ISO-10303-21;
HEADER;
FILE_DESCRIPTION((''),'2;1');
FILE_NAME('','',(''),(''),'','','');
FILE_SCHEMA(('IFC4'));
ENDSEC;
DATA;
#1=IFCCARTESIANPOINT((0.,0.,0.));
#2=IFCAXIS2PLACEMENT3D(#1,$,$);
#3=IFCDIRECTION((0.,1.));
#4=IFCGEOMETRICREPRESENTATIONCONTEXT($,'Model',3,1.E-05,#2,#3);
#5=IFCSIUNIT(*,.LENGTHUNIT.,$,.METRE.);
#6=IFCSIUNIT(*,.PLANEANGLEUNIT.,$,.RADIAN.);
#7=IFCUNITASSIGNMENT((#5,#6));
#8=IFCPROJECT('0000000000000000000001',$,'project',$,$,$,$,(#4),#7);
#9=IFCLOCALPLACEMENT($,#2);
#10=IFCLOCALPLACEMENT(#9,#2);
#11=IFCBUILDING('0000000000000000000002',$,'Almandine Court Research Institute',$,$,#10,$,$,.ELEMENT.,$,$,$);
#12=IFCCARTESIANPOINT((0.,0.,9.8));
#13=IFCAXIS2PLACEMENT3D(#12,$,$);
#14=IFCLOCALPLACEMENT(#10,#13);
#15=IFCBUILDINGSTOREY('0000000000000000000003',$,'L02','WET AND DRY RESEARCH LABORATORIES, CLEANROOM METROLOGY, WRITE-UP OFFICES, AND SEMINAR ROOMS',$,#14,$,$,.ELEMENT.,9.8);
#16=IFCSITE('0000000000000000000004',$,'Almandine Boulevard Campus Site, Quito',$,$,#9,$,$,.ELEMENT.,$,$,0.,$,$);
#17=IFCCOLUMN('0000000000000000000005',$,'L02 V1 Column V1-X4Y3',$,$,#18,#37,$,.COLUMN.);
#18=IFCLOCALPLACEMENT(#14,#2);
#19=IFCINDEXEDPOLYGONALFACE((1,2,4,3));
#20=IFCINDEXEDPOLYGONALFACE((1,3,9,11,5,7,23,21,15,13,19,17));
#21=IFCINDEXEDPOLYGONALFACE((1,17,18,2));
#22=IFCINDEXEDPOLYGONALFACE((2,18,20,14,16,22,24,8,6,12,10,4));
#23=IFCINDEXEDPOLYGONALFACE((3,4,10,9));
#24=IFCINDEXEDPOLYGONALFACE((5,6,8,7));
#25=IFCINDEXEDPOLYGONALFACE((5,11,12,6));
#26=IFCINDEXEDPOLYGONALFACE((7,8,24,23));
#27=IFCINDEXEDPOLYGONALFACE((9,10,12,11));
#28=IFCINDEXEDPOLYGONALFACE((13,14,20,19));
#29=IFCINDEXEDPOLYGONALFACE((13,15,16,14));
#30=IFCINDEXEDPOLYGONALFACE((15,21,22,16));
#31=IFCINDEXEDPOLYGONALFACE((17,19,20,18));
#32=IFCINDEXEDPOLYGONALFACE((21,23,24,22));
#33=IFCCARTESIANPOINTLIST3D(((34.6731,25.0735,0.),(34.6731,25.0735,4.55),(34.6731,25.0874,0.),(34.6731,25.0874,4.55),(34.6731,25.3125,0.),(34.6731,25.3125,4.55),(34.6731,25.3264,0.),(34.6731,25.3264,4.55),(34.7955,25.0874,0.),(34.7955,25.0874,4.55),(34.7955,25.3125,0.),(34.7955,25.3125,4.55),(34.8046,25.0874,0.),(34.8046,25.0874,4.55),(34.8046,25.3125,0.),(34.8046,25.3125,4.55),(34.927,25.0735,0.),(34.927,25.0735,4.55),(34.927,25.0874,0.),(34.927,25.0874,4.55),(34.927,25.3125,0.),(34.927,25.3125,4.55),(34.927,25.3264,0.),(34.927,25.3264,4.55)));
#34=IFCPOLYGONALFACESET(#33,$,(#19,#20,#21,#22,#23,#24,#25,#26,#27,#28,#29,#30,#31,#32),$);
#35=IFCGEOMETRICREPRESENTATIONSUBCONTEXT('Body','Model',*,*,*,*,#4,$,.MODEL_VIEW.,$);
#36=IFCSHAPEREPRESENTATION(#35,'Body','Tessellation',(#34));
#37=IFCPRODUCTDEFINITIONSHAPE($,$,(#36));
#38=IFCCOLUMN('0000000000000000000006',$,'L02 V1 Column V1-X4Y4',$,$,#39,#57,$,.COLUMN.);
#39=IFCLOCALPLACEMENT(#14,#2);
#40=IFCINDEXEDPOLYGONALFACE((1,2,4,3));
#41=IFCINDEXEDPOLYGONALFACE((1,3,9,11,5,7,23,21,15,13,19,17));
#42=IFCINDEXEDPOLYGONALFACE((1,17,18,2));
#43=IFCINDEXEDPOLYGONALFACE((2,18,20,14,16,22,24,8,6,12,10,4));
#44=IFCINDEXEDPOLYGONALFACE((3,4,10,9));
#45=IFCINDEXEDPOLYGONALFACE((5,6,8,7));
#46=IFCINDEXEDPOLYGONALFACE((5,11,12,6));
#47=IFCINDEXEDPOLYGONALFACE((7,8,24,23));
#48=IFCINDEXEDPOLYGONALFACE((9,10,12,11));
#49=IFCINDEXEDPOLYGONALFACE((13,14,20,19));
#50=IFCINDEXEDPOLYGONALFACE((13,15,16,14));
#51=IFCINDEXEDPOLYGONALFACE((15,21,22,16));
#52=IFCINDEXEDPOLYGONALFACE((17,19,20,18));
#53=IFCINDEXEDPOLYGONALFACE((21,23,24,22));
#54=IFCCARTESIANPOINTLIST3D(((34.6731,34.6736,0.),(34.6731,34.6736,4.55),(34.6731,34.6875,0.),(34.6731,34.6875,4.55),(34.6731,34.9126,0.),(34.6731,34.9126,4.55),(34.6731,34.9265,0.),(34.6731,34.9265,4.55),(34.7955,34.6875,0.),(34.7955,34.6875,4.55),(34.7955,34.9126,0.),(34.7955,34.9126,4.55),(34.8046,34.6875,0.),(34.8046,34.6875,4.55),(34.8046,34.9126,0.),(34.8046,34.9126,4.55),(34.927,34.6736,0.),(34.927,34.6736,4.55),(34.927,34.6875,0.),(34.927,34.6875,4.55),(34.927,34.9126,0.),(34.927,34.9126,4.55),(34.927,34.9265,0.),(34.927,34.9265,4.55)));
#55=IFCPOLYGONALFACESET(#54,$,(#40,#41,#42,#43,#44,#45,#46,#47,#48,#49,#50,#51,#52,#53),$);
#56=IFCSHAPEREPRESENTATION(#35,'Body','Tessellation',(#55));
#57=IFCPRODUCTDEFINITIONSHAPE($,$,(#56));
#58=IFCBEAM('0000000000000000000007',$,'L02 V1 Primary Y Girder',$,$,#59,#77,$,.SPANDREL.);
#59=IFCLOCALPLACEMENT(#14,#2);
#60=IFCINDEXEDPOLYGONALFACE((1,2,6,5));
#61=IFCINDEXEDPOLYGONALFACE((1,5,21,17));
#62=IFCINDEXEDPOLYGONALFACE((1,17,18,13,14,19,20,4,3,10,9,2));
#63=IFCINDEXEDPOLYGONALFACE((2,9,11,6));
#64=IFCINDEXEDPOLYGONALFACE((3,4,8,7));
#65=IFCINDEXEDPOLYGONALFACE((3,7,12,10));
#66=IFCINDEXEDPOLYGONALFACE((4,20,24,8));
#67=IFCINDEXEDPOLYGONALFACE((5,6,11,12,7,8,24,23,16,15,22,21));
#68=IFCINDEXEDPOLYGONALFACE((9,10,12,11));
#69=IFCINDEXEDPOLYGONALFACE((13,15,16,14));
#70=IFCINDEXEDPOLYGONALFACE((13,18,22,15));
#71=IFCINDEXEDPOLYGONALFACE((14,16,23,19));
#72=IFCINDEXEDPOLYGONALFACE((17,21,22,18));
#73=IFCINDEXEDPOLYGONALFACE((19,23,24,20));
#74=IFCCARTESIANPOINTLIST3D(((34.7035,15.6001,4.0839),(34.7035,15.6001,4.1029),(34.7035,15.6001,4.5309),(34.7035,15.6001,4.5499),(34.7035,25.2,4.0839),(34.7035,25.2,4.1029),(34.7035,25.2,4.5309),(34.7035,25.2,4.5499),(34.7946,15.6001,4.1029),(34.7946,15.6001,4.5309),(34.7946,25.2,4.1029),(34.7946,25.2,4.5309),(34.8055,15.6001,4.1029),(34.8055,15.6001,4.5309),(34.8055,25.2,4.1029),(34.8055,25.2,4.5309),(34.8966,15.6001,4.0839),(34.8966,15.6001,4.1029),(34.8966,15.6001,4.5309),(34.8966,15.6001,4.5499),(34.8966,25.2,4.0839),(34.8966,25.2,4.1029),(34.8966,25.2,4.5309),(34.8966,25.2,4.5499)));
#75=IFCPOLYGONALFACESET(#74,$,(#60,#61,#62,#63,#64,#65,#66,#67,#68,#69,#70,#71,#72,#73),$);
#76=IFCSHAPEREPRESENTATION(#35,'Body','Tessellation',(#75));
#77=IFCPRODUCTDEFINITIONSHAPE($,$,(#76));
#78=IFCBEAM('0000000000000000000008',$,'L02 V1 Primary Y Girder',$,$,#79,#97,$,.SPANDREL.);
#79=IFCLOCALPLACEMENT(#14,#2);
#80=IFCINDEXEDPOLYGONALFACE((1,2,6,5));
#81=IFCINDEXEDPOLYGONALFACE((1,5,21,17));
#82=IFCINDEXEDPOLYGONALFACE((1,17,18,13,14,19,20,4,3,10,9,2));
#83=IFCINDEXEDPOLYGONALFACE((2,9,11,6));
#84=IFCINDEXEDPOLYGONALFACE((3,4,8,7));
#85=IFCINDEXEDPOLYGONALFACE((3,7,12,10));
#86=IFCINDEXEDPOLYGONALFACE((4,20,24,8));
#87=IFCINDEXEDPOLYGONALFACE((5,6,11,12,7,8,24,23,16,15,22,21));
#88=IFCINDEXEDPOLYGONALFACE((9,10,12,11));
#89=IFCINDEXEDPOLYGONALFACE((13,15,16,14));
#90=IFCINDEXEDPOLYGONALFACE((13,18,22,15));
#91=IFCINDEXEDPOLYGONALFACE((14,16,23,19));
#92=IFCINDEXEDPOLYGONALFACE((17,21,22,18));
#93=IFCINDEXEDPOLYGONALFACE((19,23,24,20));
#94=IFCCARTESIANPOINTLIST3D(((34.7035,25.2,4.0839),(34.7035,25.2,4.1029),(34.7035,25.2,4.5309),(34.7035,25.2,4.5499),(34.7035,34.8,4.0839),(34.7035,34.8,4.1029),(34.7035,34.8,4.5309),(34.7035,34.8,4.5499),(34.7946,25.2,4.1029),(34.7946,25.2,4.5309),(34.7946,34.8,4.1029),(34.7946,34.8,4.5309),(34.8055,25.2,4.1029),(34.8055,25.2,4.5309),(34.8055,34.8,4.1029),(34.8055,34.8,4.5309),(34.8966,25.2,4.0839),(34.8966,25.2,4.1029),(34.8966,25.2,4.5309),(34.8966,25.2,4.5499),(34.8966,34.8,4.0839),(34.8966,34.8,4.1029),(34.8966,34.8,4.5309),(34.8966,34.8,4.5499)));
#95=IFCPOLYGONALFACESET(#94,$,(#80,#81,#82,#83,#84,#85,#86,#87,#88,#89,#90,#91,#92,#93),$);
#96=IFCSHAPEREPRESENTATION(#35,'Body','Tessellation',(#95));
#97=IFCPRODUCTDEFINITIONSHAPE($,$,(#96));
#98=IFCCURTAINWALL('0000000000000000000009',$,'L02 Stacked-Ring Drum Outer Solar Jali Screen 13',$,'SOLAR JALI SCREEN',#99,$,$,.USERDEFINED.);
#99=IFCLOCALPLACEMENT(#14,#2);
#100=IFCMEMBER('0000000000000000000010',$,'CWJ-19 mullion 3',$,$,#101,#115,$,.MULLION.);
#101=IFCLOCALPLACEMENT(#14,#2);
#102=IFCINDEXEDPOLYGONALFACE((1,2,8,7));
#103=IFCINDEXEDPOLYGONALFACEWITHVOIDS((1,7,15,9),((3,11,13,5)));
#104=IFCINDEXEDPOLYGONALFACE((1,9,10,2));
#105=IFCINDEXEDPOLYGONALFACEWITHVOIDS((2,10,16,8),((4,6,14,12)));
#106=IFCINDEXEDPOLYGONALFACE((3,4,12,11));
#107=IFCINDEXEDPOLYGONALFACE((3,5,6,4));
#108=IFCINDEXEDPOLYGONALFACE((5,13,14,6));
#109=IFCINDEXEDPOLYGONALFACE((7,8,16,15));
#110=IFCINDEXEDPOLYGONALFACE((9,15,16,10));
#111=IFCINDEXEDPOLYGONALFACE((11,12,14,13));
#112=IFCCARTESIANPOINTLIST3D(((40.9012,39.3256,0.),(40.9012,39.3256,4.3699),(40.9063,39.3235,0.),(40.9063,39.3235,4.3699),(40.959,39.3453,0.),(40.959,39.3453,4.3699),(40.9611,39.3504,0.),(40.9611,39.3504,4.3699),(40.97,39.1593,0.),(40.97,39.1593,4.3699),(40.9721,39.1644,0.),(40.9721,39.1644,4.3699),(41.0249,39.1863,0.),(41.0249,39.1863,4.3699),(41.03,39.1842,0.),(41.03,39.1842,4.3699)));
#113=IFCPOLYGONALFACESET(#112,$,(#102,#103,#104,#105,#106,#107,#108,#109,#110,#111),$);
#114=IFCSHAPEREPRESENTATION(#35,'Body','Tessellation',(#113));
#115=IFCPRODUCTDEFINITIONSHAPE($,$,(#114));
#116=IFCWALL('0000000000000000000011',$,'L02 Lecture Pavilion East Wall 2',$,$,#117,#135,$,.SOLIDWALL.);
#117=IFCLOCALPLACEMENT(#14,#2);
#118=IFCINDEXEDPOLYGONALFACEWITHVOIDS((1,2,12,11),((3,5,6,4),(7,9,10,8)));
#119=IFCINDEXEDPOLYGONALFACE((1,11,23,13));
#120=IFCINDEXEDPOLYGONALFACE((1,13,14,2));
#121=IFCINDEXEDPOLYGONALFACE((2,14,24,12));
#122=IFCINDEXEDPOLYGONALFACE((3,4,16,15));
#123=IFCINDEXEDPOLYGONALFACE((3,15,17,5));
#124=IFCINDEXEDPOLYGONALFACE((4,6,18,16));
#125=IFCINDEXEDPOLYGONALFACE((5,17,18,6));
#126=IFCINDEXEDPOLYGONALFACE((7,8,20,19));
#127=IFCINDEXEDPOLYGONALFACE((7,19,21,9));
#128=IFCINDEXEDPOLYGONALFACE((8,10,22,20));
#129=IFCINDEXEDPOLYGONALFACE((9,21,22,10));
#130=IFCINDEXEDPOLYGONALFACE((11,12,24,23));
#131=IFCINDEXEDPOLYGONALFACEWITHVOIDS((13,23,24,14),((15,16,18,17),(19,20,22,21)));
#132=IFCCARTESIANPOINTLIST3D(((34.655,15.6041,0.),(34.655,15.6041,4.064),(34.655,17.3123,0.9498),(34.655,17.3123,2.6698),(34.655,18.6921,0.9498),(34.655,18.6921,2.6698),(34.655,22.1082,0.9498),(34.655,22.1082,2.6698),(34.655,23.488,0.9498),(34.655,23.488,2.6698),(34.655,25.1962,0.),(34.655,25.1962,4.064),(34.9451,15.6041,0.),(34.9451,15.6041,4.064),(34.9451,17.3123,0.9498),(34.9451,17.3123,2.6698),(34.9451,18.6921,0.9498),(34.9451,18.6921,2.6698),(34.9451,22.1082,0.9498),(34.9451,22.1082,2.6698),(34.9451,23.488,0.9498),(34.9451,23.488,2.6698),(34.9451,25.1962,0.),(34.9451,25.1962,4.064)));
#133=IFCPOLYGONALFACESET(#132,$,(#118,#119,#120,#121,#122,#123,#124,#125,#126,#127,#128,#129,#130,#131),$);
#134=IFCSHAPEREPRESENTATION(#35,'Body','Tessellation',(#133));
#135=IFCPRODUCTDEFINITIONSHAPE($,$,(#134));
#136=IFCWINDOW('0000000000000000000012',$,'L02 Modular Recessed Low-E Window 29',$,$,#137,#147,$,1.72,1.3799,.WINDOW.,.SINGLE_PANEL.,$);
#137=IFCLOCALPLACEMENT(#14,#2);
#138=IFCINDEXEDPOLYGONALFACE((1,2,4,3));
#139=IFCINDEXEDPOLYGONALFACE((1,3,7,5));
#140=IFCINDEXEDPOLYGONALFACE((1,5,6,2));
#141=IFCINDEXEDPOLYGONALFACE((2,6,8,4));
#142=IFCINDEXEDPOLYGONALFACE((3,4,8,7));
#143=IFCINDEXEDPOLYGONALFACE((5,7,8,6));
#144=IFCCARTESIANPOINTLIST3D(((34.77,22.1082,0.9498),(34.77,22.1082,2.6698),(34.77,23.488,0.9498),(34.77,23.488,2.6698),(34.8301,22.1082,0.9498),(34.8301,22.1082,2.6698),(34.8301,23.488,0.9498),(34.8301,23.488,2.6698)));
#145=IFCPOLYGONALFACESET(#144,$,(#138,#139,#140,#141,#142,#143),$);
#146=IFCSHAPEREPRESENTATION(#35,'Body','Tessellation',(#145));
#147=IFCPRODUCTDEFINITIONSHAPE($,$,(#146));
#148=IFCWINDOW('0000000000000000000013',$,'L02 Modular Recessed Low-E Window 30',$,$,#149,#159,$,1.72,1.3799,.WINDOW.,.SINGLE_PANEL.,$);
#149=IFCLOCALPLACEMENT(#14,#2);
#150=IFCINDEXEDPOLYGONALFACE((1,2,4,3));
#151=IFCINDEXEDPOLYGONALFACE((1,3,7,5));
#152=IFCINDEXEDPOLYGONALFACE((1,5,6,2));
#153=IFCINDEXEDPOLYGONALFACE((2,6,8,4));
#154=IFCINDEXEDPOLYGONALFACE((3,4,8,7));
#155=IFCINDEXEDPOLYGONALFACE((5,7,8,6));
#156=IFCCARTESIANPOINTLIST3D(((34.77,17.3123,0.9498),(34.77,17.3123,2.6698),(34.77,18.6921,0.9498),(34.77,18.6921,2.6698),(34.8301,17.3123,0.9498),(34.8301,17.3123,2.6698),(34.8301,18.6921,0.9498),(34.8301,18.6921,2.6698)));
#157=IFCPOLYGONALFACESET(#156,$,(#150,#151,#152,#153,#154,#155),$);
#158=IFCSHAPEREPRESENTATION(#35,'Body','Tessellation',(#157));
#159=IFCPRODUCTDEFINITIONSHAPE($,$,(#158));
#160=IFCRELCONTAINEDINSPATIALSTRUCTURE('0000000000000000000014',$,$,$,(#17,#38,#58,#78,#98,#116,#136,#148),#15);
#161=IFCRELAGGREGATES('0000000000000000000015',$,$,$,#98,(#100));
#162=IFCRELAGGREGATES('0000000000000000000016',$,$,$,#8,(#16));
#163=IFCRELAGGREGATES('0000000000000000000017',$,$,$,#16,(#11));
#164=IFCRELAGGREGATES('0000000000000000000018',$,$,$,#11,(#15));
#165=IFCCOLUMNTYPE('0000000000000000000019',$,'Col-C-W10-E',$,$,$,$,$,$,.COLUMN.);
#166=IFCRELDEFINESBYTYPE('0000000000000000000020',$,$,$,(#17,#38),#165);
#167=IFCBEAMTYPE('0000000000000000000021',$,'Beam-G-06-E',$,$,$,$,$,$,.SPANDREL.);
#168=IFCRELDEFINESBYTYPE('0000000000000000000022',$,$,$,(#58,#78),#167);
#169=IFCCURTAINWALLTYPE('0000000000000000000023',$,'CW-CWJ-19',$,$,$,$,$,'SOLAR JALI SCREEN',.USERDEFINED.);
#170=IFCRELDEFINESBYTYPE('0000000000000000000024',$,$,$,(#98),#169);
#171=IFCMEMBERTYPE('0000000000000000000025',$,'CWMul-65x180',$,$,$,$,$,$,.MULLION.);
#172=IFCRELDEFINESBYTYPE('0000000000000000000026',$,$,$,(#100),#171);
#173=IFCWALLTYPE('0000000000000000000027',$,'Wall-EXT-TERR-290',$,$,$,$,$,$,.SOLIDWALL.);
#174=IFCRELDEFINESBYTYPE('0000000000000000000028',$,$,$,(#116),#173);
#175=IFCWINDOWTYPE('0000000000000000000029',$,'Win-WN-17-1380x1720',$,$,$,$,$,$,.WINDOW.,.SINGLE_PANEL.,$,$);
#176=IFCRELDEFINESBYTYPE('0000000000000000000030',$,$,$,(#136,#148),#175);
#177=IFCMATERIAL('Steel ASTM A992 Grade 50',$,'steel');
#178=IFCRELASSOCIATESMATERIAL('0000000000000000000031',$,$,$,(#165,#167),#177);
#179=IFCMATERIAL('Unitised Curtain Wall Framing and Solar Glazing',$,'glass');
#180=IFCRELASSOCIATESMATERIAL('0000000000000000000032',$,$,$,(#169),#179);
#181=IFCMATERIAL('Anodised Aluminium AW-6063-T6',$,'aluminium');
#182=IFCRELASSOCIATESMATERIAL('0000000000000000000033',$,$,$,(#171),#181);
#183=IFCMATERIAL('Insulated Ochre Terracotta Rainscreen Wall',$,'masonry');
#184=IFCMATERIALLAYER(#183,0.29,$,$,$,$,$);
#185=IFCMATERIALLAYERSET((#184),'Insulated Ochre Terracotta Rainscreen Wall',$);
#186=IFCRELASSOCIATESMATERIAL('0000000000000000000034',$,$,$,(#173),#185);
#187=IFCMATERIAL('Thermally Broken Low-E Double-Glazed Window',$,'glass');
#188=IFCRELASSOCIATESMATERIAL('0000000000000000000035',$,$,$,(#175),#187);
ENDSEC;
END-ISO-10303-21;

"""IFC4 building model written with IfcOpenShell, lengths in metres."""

from ifc_helpers import new_model, si_unit, direction, frame, frame_2d, origin, origin_2d, place, context, subcontext, project, spatial, rectangle, hollow_rectangle, i_section, extrude, material, layer, layer_set, material_profile, profile_set, type_object, element, fill, aggregate, save


model = new_model("IFC4")

# Units and contexts
model_context = context("Model", 3, precision=1e-05, world=origin(), true_north=direction((0.0, 1.0)))
body_context = subcontext(model_context, "Body", "Model", "MODEL_VIEW")
ifc_project = project(units=[si_unit("LENGTHUNIT", "METRE"), si_unit("PLANEANGLEUNIT", "RADIAN")], contexts=[model_context])

# Site, building, storey
site_placement = place(None, origin())
site = spatial("IfcSite", under=ifc_project, at=site_placement, Name="Almandine Boulevard Campus Site, Quito", CompositionType="ELEMENT", RefElevation=0.0)
building_placement = place(site_placement, origin())
building = spatial("IfcBuilding", under=site, at=building_placement, Name="Almandine Court Research Institute", CompositionType="ELEMENT")
storey_placement = place(building_placement, frame((0.0, 0.0, 9.8)))
storey = spatial("IfcBuildingStorey", under=building, at=storey_placement, Name="L02", Description="WET AND DRY RESEARCH LABORATORIES, CLEANROOM METROLOGY, WRITE-UP OFFICES, AND SEMINAR ROOMS", CompositionType="ELEMENT", Elevation=9.8)

# Columns
ifc_material_1 = material(Name="Steel ASTM A992 Grade 50", Category="steel")
ifc_material_profile_1 = material_profile(ifc_material_1, i_section(OverallWidth=0.2539, OverallDepth=0.2529, WebThickness=0.009, FlangeThickness=0.0139, at=origin_2d()), Name="W250x73")
ifc_profile_set_1 = profile_set([ifc_material_profile_1], Name="Steel ASTM A992 Grade 50")
column_type = type_object("IfcColumnType", Name="Col-C-W10-E", PredefinedType="COLUMN", material=ifc_profile_set_1)
for number, where, z_axis, x_axis, name in (
    (1, (34.8, 25.2, 0.0), (0.0, 0.0, 1.0), (1.0, 0.0, 0.0), "L02 V1 Column V1-X4Y3"),
    (2, (34.8, 34.8, 0.0), (0.0, 0.0, 1.0), (1.0, 0.0, 0.0), "L02 V1 Column V1-X4Y4"),
):
    element("IfcColumn", number, at=place(storey_placement, frame(where, z_axis=z_axis, x_axis=x_axis)), inside=storey, type_object=column_type, Name=name, PredefinedType="COLUMN", context=body_context, shape_type="SweptSolid", body=[
        extrude(i_section(OverallWidth=0.2539, OverallDepth=0.2529, WebThickness=0.009, FlangeThickness=0.0139, at=origin_2d()), origin(), (0.0, 0.0, 1.0), 4.55),
    ])

# Beams
ifc_material_profile_2 = material_profile(ifc_material_1, i_section(OverallWidth=0.1931, OverallDepth=0.4661, WebThickness=0.011, FlangeThickness=0.019, at=origin_2d()), Name="W460x97")
ifc_profile_set_2 = profile_set([ifc_material_profile_2], Name="Steel ASTM A992 Grade 50")
beam_type = type_object("IfcBeamType", Name="Beam-G-06-E", PredefinedType="SPANDREL", material=ifc_profile_set_2)
beam_1_placement = place(storey_placement, frame((34.8, 15.6001, 4.3169), z_axis=(0.0, 1.0, 0.0), x_axis=(-1.0, 0.0, 0.0)))
element("IfcBeam", 3, at=beam_1_placement, inside=storey, type_object=beam_type, Name="L02 V1 Primary Y Girder", PredefinedType="SPANDREL", context=body_context, shape_type="SweptSolid", body=[
    extrude(i_section(OverallWidth=0.1931, OverallDepth=0.4661, WebThickness=0.011, FlangeThickness=0.019, at=origin_2d()), origin(), (0.0, 0.0, 1.0), 9.5999),
])
beam_2_placement = place(storey_placement, frame((34.8, 25.2, 4.3169), z_axis=(0.0, 1.0, 0.0), x_axis=(-1.0, 0.0, 0.0)))
element("IfcBeam", 4, at=beam_2_placement, inside=storey, type_object=beam_type, Name="L02 V1 Primary Y Girder", PredefinedType="SPANDREL", context=body_context, shape_type="SweptSolid", body=[
    extrude(i_section(OverallWidth=0.1931, OverallDepth=0.4661, WebThickness=0.011, FlangeThickness=0.019, at=origin_2d()), origin(), (0.0, 0.0, 1.0), 9.6001),
])

# Curtain wall, member
ifc_material_2 = material(Name="Unitised Curtain Wall Framing and Solar Glazing", Category="glass")
curtain_wall_type = type_object("IfcCurtainWallType", Name="CW-CWJ-19", ElementType="SOLAR JALI SCREEN", PredefinedType="USERDEFINED", material=ifc_material_2)
curtain_wall_placement = place(storey_placement, origin())
curtain_wall = element("IfcCurtainWall", 5, at=curtain_wall_placement, inside=storey, type_object=curtain_wall_type, Name="L02 Stacked-Ring Drum Outer Solar Jali Screen 13", ObjectType="SOLAR JALI SCREEN", PredefinedType="USERDEFINED")
ifc_material_3 = material(Name="Anodised Aluminium AW-6063-T6", Category="aluminium")
ifc_material_profile_3 = material_profile(ifc_material_3, hollow_rectangle(XDim=0.0649, YDim=0.1799, WallThickness=0.0039, at=origin_2d()), Name="ALU RHS 65x180x4")
ifc_profile_set_3 = profile_set([ifc_material_profile_3], Name="Anodised Aluminium AW-6063-T6")
member_type = type_object("IfcMemberType", Name="CWMul-65x180", PredefinedType="MULLION", material=ifc_profile_set_3)
member_placement = place(storey_placement, frame((40.9656, 39.2549, 0.0), z_axis=(0.0, 0.0, 1.0), x_axis=(-0.923888, -0.382663, 0.0)))
member = element("IfcMember", 6, at=member_placement, type_object=member_type, Name="CWJ-19 mullion 3", PredefinedType="MULLION", context=body_context, shape_type="SweptSolid", body=[
    extrude(hollow_rectangle(XDim=0.0649, YDim=0.1799, WallThickness=0.0039, at=origin_2d()), origin(), (0.0, 0.0, 1.0), 4.3699),
])
aggregate(curtain_wall, [member])

# Wall, openings, windows
ifc_material_4 = material(Name="Insulated Ochre Terracotta Rainscreen Wall", Category="masonry")
ifc_layer_1 = layer(ifc_material_4, 0.29)
ifc_layer_set_1 = layer_set([ifc_layer_1], Name="Insulated Ochre Terracotta Rainscreen Wall")
wall_type_1 = type_object("IfcWallType", Name="Wall-EXT-TERR-290", PredefinedType="SOLIDWALL", material=ifc_layer_set_1)
wall_1_placement = place(storey_placement, frame((34.8, 25.196, 0.0), z_axis=(0.0, 0.0, 1.0), x_axis=(0.0, -1.0, 0.0)))
wall_1 = element("IfcWall", 7, at=wall_1_placement, inside=storey, type_object=wall_type_1, Name="L02 Lecture Pavilion East Wall 2", PredefinedType="SOLIDWALL", context=body_context, shape_type="SweptSolid", body=[
    extrude(rectangle(XDim=9.592, YDim=0.29, at=frame_2d((4.7959, 0.0))), origin(), (0.0, 0.0, 1.0), 4.064),
])
opening_1_placement = place(wall_1_placement, frame((1.708, 0.0, 0.95)))
opening_1 = element("IfcOpeningElement", 8, at=opening_1_placement, cuts=wall_1, PredefinedType="OPENING", context=body_context, shape_type="SweptSolid", body=[
    extrude(rectangle(XDim=1.3799, YDim=1.72, at=frame_2d((0.6899, 0.8599))), frame((0.0, 0.155, 0.0), z_axis=(0.0, -1.0, 0.0), x_axis=(1.0, 0.0, 0.0)), (0.0, 0.0, 1.0), 0.3101),
])
opening_2_placement = place(wall_1_placement, frame((6.5039, 0.0, 0.95)))
opening_2 = element("IfcOpeningElement", 9, at=opening_2_placement, cuts=wall_1, PredefinedType="OPENING", context=body_context, shape_type="SweptSolid", body=[
    extrude(rectangle(XDim=1.3799, YDim=1.72, at=frame_2d((0.6899, 0.8599))), frame((0.0, 0.155, 0.0), z_axis=(0.0, -1.0, 0.0), x_axis=(1.0, 0.0, 0.0)), (0.0, 0.0, 1.0), 0.3101),
])
ifc_material_5 = material(Name="Thermally Broken Low-E Double-Glazed Window", Category="glass")
window_type_1 = type_object("IfcWindowType", Name="Win-WN-17-1380x1720", PartitioningType="SINGLE_PANEL", PredefinedType="WINDOW", material=ifc_material_5)
window_1_placement = place(opening_1_placement, origin())
window_1 = element("IfcWindow", 10, at=window_1_placement, inside=storey, type_object=window_type_1, Name="L02 Modular Recessed Low-E Window 29", OverallHeight=1.72, OverallWidth=1.3799, PartitioningType="SINGLE_PANEL", PredefinedType="WINDOW", context=body_context, shape_type="SweptSolid", body=[
    extrude(rectangle(XDim=1.3799, YDim=1.72, at=frame_2d((0.6899, 0.8599))), frame((0.0, 0.03, 0.0), z_axis=(0.0, -1.0, 0.0), x_axis=(1.0, 0.0, 0.0)), (0.0, 0.0, 1.0), 0.0601),
])
fill(opening_1, window_1)
window_2_placement = place(opening_2_placement, origin())
window_2 = element("IfcWindow", 11, at=window_2_placement, inside=storey, type_object=window_type_1, Name="L02 Modular Recessed Low-E Window 30", OverallHeight=1.72, OverallWidth=1.3799, PartitioningType="SINGLE_PANEL", PredefinedType="WINDOW", context=body_context, shape_type="SweptSolid", body=[
    extrude(rectangle(XDim=1.3799, YDim=1.72, at=frame_2d((0.6899, 0.8599))), frame((0.0, 0.03, 0.0), z_axis=(0.0, -1.0, 0.0), x_axis=(1.0, 0.0, 0.0)), (0.0, 0.0, 1.0), 0.0601),
])
fill(opening_2, window_2)

save(model, "model.ifc")
